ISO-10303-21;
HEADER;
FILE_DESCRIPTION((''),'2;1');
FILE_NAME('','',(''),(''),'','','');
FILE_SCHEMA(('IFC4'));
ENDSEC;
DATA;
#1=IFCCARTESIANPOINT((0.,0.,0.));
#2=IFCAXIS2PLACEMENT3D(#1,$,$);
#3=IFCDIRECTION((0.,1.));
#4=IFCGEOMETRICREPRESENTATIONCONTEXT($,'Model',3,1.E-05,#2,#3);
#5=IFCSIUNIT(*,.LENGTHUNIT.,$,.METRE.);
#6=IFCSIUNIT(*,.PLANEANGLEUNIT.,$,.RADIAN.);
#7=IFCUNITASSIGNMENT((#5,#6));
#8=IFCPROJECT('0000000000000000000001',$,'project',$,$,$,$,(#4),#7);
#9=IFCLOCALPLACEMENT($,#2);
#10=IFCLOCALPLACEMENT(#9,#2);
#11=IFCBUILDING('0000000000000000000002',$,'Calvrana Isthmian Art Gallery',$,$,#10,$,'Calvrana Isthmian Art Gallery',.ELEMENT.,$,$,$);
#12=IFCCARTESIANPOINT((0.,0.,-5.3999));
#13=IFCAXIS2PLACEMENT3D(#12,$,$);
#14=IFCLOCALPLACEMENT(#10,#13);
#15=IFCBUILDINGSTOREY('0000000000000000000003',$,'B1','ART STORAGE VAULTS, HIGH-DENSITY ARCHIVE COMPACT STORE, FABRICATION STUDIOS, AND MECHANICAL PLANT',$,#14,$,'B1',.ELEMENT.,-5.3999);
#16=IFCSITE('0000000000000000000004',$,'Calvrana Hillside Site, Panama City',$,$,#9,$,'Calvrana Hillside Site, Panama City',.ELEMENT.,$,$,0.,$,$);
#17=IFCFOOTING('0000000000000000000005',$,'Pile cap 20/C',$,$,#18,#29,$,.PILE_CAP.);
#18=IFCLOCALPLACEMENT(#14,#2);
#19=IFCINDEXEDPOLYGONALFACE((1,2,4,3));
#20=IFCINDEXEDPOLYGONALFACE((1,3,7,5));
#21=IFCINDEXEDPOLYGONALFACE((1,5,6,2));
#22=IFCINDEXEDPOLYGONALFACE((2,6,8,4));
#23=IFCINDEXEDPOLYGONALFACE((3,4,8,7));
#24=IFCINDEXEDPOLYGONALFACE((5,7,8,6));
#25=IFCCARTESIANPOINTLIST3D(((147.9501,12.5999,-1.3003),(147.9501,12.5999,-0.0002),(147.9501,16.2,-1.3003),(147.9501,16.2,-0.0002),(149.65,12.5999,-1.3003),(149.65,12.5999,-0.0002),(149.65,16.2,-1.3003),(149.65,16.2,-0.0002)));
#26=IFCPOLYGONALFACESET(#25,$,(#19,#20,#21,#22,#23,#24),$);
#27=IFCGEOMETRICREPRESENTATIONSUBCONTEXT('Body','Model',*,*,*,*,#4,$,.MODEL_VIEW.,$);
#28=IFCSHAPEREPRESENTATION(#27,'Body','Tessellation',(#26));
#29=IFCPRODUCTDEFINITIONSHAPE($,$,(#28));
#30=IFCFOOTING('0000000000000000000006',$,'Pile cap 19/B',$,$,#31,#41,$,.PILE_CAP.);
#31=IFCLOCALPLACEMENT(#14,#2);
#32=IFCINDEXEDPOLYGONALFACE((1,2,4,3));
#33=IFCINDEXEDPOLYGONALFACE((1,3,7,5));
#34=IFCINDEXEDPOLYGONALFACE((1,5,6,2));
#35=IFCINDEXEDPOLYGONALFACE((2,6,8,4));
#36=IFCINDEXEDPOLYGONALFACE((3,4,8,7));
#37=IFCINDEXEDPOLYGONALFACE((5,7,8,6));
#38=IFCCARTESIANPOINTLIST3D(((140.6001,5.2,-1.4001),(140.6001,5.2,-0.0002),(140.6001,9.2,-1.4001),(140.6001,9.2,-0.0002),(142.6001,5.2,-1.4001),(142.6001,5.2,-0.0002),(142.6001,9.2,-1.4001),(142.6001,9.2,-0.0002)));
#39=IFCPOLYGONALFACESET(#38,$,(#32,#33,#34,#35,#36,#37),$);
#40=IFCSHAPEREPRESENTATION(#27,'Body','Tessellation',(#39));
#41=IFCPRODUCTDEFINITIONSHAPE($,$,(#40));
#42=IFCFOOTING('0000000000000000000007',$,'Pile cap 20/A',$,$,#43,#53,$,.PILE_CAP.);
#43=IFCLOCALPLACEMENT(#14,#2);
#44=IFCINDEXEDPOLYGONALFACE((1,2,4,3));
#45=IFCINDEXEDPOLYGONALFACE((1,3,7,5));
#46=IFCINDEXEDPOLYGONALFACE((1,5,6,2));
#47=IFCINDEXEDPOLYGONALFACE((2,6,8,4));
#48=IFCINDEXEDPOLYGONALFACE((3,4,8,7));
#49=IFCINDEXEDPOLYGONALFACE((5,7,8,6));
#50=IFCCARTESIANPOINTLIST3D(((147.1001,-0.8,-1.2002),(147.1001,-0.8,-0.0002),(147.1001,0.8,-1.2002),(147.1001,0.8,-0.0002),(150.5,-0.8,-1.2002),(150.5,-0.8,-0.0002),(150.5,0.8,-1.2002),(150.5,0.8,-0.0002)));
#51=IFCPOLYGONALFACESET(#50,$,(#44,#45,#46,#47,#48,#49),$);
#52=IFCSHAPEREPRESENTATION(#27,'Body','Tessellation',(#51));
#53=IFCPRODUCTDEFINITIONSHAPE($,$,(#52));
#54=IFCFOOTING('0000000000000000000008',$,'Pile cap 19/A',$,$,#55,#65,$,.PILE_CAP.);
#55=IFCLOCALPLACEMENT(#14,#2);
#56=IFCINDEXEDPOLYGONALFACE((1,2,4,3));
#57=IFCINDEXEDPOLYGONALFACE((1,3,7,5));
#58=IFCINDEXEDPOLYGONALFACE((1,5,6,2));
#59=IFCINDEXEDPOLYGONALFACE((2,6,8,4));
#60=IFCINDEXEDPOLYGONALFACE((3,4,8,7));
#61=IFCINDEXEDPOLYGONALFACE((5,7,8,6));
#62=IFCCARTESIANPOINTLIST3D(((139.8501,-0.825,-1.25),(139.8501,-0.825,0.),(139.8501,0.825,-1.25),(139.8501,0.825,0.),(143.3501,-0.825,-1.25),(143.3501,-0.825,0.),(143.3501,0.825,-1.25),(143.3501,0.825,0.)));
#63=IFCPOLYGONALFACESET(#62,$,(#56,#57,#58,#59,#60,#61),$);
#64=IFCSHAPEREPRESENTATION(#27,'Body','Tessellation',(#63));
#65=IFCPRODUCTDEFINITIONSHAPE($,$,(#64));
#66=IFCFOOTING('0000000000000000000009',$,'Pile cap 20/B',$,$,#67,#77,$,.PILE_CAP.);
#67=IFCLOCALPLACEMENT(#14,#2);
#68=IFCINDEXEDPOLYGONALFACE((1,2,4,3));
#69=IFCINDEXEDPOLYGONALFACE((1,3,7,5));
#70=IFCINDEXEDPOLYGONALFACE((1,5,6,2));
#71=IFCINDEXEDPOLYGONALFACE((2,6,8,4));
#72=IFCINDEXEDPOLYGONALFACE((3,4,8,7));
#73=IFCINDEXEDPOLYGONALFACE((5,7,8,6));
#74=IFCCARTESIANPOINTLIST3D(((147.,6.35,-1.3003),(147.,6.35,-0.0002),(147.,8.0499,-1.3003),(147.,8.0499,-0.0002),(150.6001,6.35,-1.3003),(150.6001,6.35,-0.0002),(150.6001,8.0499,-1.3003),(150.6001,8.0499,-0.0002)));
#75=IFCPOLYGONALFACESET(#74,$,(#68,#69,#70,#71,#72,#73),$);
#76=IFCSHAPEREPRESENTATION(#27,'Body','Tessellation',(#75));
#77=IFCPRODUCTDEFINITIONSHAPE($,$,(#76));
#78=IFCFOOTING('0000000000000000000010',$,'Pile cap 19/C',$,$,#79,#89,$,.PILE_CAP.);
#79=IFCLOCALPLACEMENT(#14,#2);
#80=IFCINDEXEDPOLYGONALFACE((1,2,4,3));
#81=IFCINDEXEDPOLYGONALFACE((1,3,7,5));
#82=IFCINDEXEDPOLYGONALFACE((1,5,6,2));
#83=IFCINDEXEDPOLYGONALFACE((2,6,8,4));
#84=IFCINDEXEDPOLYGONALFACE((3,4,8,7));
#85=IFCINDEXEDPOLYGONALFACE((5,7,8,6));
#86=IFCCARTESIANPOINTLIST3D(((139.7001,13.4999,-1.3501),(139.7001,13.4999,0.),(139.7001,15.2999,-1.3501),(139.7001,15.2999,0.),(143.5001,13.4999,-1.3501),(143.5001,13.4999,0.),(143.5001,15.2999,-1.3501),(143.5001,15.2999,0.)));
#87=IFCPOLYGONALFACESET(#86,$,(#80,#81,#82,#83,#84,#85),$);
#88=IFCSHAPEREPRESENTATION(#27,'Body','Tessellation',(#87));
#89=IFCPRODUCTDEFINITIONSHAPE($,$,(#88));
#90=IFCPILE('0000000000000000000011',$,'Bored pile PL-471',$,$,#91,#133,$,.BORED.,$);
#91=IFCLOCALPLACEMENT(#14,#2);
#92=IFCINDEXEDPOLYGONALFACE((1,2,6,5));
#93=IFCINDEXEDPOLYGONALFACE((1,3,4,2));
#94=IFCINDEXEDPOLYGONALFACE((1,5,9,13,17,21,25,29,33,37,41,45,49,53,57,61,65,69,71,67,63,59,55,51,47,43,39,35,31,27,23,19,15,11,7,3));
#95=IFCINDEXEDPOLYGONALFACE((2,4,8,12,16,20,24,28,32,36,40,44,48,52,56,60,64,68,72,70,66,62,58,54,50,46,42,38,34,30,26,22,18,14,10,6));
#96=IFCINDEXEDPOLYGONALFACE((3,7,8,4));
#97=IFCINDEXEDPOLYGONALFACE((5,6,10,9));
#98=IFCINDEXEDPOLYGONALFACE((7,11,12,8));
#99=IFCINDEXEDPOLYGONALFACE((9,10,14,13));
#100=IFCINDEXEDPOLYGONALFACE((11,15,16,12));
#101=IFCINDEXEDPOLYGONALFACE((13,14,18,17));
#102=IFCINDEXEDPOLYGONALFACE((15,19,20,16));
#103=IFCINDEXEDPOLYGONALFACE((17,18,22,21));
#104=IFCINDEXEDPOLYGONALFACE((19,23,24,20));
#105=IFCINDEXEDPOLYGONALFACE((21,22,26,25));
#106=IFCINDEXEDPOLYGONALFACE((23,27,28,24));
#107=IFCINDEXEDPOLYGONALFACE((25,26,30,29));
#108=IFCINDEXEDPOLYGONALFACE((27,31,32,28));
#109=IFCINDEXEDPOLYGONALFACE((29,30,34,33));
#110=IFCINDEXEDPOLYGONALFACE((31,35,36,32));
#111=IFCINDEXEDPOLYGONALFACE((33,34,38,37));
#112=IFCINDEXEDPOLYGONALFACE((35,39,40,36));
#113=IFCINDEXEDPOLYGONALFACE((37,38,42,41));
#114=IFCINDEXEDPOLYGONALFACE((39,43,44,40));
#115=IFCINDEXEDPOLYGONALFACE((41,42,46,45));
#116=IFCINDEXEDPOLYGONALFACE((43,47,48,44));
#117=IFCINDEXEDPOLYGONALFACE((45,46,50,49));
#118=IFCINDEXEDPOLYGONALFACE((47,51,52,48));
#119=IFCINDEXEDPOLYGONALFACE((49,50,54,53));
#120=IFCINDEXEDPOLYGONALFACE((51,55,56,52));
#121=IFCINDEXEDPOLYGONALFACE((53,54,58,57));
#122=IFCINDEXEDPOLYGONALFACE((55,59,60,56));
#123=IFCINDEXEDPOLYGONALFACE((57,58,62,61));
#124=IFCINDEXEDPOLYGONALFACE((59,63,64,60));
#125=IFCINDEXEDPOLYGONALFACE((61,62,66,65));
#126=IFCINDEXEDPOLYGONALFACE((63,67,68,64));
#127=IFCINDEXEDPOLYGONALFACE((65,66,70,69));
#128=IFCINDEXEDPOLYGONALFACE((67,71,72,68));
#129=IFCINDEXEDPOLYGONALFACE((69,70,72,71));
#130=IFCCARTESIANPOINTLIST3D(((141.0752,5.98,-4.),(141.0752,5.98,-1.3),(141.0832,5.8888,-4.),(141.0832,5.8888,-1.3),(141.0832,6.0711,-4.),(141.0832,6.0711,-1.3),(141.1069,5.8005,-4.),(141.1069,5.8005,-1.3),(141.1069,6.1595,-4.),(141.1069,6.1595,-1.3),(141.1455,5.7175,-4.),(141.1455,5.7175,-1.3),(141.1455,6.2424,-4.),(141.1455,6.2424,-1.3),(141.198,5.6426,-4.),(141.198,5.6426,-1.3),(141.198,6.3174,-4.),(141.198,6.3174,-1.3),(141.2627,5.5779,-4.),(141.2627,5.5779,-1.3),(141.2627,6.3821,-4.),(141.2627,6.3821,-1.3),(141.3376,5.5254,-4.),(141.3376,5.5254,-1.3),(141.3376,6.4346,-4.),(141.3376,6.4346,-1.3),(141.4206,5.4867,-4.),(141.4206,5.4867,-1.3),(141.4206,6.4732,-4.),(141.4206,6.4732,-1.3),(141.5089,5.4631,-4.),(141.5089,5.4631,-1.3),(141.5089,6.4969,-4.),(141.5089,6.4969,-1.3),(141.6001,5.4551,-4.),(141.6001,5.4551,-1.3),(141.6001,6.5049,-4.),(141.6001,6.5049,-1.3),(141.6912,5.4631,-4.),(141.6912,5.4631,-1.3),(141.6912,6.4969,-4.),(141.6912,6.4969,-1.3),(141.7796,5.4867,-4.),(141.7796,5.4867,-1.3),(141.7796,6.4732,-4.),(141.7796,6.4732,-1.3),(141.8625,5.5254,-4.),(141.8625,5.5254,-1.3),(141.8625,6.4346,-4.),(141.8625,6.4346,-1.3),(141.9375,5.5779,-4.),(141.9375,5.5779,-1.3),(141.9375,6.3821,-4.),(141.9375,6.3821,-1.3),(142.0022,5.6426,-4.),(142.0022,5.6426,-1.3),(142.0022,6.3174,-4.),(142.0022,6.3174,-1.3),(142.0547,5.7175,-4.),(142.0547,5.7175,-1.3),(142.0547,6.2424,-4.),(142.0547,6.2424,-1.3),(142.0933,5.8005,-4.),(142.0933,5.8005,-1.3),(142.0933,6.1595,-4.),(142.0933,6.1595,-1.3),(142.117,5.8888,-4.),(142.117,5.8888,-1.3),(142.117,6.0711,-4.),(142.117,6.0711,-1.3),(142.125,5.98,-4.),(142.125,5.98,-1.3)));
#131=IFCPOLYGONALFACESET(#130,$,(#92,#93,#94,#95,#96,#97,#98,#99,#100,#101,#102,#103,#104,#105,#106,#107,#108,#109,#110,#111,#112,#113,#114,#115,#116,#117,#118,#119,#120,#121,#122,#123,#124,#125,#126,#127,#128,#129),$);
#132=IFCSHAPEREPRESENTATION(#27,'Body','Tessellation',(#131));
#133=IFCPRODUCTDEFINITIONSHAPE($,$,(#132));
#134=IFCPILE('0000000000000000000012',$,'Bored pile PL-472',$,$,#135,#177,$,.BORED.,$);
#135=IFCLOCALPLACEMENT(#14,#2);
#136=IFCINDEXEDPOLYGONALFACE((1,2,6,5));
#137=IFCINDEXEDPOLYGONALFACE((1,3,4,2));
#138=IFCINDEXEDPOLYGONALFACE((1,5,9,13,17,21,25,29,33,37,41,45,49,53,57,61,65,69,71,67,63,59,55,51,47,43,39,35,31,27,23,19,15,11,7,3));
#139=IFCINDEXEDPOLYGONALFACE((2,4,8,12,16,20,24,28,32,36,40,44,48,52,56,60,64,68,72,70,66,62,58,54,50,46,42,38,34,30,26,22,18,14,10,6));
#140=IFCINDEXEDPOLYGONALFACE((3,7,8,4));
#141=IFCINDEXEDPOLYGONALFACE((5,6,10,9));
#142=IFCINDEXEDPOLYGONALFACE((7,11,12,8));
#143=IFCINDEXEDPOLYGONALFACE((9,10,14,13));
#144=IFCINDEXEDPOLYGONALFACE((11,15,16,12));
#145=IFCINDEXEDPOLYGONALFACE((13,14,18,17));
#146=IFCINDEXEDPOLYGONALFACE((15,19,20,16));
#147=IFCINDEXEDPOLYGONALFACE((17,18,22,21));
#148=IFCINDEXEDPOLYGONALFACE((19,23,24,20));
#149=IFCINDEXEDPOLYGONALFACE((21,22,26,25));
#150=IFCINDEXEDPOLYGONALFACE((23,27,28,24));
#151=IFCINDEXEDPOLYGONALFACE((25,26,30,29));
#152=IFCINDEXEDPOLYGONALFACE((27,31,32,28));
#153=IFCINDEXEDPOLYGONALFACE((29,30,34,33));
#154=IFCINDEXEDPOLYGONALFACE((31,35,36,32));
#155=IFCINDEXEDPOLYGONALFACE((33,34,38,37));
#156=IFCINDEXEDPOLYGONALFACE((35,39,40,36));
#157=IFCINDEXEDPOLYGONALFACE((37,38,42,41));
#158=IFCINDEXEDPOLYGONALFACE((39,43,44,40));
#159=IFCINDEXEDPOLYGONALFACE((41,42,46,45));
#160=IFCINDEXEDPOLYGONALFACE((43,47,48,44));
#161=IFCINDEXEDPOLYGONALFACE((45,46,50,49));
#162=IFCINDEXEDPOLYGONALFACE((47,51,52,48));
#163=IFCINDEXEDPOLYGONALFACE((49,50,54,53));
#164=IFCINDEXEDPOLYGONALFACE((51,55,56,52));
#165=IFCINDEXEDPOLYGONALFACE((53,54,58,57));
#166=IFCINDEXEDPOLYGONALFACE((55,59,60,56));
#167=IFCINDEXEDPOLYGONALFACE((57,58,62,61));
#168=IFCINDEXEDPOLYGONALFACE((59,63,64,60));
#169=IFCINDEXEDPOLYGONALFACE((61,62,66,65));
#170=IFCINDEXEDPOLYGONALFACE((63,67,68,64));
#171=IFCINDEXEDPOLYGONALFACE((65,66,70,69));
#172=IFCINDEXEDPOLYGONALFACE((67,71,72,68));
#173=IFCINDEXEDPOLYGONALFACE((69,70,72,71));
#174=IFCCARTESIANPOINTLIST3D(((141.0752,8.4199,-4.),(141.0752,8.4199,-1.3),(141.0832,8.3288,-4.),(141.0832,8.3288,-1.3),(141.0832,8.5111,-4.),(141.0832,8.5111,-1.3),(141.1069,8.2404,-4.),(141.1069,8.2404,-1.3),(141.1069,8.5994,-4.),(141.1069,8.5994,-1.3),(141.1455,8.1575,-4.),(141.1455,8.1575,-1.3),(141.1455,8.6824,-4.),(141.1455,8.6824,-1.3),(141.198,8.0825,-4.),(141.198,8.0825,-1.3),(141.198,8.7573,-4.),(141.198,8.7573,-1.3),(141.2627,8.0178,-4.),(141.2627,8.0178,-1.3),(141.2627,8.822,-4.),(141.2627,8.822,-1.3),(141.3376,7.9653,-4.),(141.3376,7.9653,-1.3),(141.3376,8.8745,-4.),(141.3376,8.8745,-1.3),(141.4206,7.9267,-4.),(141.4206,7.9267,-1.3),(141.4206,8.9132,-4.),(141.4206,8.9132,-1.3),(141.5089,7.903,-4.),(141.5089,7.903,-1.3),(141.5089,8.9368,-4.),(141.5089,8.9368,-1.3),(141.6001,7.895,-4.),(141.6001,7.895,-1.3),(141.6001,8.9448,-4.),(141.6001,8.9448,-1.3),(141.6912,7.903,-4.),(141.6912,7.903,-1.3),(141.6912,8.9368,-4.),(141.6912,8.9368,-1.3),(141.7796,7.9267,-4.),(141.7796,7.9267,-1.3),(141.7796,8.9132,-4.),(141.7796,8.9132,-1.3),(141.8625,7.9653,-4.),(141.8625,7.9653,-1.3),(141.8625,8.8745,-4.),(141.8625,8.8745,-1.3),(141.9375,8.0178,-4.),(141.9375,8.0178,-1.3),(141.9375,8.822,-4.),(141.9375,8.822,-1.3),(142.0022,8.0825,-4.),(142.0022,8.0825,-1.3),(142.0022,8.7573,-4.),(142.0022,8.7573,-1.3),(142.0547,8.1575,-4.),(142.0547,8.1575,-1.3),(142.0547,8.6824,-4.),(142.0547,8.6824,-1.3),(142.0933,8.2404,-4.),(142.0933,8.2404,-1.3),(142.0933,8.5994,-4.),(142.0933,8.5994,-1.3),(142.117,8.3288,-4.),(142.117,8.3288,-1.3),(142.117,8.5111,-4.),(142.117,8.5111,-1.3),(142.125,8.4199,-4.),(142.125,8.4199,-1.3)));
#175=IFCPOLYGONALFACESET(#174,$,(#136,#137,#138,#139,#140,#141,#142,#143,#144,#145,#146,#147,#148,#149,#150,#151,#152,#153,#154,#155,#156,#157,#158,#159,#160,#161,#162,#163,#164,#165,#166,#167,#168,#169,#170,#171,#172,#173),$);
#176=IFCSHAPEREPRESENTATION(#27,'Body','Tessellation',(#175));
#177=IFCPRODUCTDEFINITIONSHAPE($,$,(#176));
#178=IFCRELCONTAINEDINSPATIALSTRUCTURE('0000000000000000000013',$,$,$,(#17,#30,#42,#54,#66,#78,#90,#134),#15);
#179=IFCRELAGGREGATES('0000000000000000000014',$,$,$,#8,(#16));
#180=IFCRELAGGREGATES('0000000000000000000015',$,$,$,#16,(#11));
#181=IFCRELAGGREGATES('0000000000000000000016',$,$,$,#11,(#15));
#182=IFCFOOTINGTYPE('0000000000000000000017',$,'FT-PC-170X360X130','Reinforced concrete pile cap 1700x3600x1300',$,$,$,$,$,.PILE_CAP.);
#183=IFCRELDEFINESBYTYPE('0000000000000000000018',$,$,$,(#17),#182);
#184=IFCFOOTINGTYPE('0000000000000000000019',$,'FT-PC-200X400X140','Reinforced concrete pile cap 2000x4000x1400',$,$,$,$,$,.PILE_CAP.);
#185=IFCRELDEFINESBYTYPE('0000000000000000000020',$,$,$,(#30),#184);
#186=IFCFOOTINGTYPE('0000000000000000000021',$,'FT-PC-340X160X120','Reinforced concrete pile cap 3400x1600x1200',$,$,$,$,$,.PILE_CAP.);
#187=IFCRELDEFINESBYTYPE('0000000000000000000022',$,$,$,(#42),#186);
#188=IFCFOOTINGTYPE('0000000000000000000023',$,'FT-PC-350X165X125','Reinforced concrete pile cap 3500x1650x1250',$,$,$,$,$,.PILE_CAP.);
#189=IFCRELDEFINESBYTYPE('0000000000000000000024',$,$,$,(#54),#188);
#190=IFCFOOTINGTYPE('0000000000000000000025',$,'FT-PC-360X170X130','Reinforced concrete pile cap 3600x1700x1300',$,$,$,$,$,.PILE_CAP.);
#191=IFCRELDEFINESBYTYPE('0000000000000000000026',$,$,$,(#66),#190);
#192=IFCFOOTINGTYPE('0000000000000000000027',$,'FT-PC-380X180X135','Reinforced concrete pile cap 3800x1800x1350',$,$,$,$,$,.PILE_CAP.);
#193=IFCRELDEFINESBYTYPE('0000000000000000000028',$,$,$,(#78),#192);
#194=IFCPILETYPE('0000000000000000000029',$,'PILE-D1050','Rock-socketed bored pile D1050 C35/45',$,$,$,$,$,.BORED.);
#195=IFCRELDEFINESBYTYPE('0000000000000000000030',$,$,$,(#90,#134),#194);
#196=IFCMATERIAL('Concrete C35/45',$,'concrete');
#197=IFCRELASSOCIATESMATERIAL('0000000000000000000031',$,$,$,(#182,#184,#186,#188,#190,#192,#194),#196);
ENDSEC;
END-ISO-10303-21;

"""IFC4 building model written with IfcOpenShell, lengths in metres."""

from ifc_helpers import new_model, si_unit, direction, frame, origin, origin_2d, place, context, subcontext, project, spatial, rectangle, circle, extrude, material, material_profile, profile_set, type_object, element, save


model = new_model("IFC4")

# Units and contexts
model_context = context("Model", 3, precision=1e-05, world=origin(), true_north=direction((0.0, 1.0)))
body_context = subcontext(model_context, "Body", "Model", "MODEL_VIEW")
ifc_project = project(units=[si_unit("LENGTHUNIT", "METRE"), si_unit("PLANEANGLEUNIT", "RADIAN")], contexts=[model_context])

# Site, building, storey
site_placement = place(None, origin())
site = spatial("IfcSite", under=ifc_project, at=site_placement, Name="Calvrana Hillside Site, Panama City", LongName="Calvrana Hillside Site, Panama City", CompositionType="ELEMENT", RefElevation=0.0)
building_placement = place(site_placement, origin())
building = spatial("IfcBuilding", under=site, at=building_placement, Name="Calvrana Isthmian Art Gallery", LongName="Calvrana Isthmian Art Gallery", CompositionType="ELEMENT")
storey_placement = place(building_placement, frame((0.0, 0.0, -5.3999)))
storey = spatial("IfcBuildingStorey", under=building, at=storey_placement, Name="B1", Description="ART STORAGE VAULTS, HIGH-DENSITY ARCHIVE COMPACT STORE, FABRICATION STUDIOS, AND MECHANICAL PLANT", LongName="B1", CompositionType="ELEMENT", Elevation=-5.3999)

# Footings
ifc_material_1 = material(Name="Concrete C35/45", Category="concrete")
footing_type_1 = type_object("IfcFootingType", Name="FT-PC-170X360X130", Description="Reinforced concrete pile cap 1700x3600x1300", PredefinedType="PILE_CAP", material=ifc_material_1)
footing_1_placement = place(storey_placement, frame((148.8, 14.3999, -1.3003), z_axis=(0.0, 0.0, 1.0), x_axis=(1.0, 0.0, 0.0)))
element("IfcFooting", 1, at=footing_1_placement, inside=storey, type_object=footing_type_1, Name="Pile cap 20/C", PredefinedType="PILE_CAP", context=body_context, shape_type="SweptSolid", body=[
    extrude(rectangle(XDim=1.7, YDim=3.6001, at=origin_2d()), origin(), (0.0, 0.0, 1.0), 1.3),
])
footing_type_2 = type_object("IfcFootingType", Name="FT-PC-200X400X140", Description="Reinforced concrete pile cap 2000x4000x1400", PredefinedType="PILE_CAP", material=ifc_material_1)
footing_2_placement = place(storey_placement, frame((141.6001, 7.2, -1.4001), z_axis=(0.0, 0.0, 1.0), x_axis=(1.0, 0.0, 0.0)))
element("IfcFooting", 2, at=footing_2_placement, inside=storey, type_object=footing_type_2, Name="Pile cap 19/B", PredefinedType="PILE_CAP", context=body_context, shape_type="SweptSolid", body=[
    extrude(rectangle(XDim=2.0, YDim=4.0, at=origin_2d()), origin(), (0.0, 0.0, 1.0), 1.3999),
])
footing_type_3 = type_object("IfcFootingType", Name="FT-PC-340X160X120", Description="Reinforced concrete pile cap 3400x1600x1200", PredefinedType="PILE_CAP", material=ifc_material_1)
footing_3_placement = place(storey_placement, frame((148.8, 0.0, -1.2002), z_axis=(0.0, 0.0, 1.0), x_axis=(1.0, 0.0, 0.0)))
element("IfcFooting", 3, at=footing_3_placement, inside=storey, type_object=footing_type_3, Name="Pile cap 20/A", PredefinedType="PILE_CAP", context=body_context, shape_type="SweptSolid", body=[
    extrude(rectangle(XDim=3.3999, YDim=1.6001, at=origin_2d()), origin(), (0.0, 0.0, 1.0), 1.2),
])
footing_type_4 = type_object("IfcFootingType", Name="FT-PC-350X165X125", Description="Reinforced concrete pile cap 3500x1650x1250", PredefinedType="PILE_CAP", material=ifc_material_1)
footing_4_placement = place(storey_placement, frame((141.6001, 0.0, -1.25), z_axis=(0.0, 0.0, 1.0), x_axis=(1.0, 0.0, 0.0)))
element("IfcFooting", 4, at=footing_4_placement, inside=storey, type_object=footing_type_4, Name="Pile cap 19/A", PredefinedType="PILE_CAP", context=body_context, shape_type="SweptSolid", body=[
    extrude(rectangle(XDim=3.5, YDim=1.6499, at=origin_2d()), origin(), (0.0, 0.0, 1.0), 1.25),
])
footing_type_5 = type_object("IfcFootingType", Name="FT-PC-360X170X130", Description="Reinforced concrete pile cap 3600x1700x1300", PredefinedType="PILE_CAP", material=ifc_material_1)
footing_5_placement = place(storey_placement, frame((148.8, 7.2, -1.3003), z_axis=(0.0, 0.0, 1.0), x_axis=(1.0, 0.0, 0.0)))
element("IfcFooting", 5, at=footing_5_placement, inside=storey, type_object=footing_type_5, Name="Pile cap 20/B", PredefinedType="PILE_CAP", context=body_context, shape_type="SweptSolid", body=[
    extrude(rectangle(XDim=3.6001, YDim=1.7, at=origin_2d()), origin(), (0.0, 0.0, 1.0), 1.3),
])
footing_type_6 = type_object("IfcFootingType", Name="FT-PC-380X180X135", Description="Reinforced concrete pile cap 3800x1800x1350", PredefinedType="PILE_CAP", material=ifc_material_1)
footing_6_placement = place(storey_placement, frame((141.6001, 14.3999, -1.3501), z_axis=(0.0, 0.0, 1.0), x_axis=(1.0, 0.0, 0.0)))
element("IfcFooting", 6, at=footing_6_placement, inside=storey, type_object=footing_type_6, Name="Pile cap 19/C", PredefinedType="PILE_CAP", context=body_context, shape_type="SweptSolid", body=[
    extrude(rectangle(XDim=3.8, YDim=1.8, at=origin_2d()), origin(), (0.0, 0.0, 1.0), 1.3501),
])

# Piles
ifc_material_profile_1 = material_profile(ifc_material_1, circle(Radius=0.5249, at=origin_2d()), Name="PILE1050D")
ifc_profile_set_1 = profile_set([ifc_material_profile_1], Name="Concrete C35/45")
pile_type_1 = type_object("IfcPileType", Name="PILE-D1050", Description="Rock-socketed bored pile D1050 C35/45", PredefinedType="BORED", material=ifc_profile_set_1)
for number, where, z_axis, x_axis, name in (
    (7, (141.6001, 5.98, -1.3), (0.0, 0.0, -1.0), (1.0, 0.0, 0.0), "Bored pile PL-471"),
    (8, (141.6001, 8.4199, -1.3), (0.0, 0.0, -1.0), (1.0, 0.0, 0.0), "Bored pile PL-472"),
):
    element("IfcPile", number, at=place(storey_placement, frame(where, z_axis=z_axis, x_axis=x_axis)), inside=storey, type_object=pile_type_1, Name=name, PredefinedType="BORED", context=body_context, shape_type="SweptSolid", body=[
        extrude(circle(Radius=0.5249, at=origin_2d()), origin(), (0.0, 0.0, 1.0), 2.7),
    ])

save(model, "model.ifc")
